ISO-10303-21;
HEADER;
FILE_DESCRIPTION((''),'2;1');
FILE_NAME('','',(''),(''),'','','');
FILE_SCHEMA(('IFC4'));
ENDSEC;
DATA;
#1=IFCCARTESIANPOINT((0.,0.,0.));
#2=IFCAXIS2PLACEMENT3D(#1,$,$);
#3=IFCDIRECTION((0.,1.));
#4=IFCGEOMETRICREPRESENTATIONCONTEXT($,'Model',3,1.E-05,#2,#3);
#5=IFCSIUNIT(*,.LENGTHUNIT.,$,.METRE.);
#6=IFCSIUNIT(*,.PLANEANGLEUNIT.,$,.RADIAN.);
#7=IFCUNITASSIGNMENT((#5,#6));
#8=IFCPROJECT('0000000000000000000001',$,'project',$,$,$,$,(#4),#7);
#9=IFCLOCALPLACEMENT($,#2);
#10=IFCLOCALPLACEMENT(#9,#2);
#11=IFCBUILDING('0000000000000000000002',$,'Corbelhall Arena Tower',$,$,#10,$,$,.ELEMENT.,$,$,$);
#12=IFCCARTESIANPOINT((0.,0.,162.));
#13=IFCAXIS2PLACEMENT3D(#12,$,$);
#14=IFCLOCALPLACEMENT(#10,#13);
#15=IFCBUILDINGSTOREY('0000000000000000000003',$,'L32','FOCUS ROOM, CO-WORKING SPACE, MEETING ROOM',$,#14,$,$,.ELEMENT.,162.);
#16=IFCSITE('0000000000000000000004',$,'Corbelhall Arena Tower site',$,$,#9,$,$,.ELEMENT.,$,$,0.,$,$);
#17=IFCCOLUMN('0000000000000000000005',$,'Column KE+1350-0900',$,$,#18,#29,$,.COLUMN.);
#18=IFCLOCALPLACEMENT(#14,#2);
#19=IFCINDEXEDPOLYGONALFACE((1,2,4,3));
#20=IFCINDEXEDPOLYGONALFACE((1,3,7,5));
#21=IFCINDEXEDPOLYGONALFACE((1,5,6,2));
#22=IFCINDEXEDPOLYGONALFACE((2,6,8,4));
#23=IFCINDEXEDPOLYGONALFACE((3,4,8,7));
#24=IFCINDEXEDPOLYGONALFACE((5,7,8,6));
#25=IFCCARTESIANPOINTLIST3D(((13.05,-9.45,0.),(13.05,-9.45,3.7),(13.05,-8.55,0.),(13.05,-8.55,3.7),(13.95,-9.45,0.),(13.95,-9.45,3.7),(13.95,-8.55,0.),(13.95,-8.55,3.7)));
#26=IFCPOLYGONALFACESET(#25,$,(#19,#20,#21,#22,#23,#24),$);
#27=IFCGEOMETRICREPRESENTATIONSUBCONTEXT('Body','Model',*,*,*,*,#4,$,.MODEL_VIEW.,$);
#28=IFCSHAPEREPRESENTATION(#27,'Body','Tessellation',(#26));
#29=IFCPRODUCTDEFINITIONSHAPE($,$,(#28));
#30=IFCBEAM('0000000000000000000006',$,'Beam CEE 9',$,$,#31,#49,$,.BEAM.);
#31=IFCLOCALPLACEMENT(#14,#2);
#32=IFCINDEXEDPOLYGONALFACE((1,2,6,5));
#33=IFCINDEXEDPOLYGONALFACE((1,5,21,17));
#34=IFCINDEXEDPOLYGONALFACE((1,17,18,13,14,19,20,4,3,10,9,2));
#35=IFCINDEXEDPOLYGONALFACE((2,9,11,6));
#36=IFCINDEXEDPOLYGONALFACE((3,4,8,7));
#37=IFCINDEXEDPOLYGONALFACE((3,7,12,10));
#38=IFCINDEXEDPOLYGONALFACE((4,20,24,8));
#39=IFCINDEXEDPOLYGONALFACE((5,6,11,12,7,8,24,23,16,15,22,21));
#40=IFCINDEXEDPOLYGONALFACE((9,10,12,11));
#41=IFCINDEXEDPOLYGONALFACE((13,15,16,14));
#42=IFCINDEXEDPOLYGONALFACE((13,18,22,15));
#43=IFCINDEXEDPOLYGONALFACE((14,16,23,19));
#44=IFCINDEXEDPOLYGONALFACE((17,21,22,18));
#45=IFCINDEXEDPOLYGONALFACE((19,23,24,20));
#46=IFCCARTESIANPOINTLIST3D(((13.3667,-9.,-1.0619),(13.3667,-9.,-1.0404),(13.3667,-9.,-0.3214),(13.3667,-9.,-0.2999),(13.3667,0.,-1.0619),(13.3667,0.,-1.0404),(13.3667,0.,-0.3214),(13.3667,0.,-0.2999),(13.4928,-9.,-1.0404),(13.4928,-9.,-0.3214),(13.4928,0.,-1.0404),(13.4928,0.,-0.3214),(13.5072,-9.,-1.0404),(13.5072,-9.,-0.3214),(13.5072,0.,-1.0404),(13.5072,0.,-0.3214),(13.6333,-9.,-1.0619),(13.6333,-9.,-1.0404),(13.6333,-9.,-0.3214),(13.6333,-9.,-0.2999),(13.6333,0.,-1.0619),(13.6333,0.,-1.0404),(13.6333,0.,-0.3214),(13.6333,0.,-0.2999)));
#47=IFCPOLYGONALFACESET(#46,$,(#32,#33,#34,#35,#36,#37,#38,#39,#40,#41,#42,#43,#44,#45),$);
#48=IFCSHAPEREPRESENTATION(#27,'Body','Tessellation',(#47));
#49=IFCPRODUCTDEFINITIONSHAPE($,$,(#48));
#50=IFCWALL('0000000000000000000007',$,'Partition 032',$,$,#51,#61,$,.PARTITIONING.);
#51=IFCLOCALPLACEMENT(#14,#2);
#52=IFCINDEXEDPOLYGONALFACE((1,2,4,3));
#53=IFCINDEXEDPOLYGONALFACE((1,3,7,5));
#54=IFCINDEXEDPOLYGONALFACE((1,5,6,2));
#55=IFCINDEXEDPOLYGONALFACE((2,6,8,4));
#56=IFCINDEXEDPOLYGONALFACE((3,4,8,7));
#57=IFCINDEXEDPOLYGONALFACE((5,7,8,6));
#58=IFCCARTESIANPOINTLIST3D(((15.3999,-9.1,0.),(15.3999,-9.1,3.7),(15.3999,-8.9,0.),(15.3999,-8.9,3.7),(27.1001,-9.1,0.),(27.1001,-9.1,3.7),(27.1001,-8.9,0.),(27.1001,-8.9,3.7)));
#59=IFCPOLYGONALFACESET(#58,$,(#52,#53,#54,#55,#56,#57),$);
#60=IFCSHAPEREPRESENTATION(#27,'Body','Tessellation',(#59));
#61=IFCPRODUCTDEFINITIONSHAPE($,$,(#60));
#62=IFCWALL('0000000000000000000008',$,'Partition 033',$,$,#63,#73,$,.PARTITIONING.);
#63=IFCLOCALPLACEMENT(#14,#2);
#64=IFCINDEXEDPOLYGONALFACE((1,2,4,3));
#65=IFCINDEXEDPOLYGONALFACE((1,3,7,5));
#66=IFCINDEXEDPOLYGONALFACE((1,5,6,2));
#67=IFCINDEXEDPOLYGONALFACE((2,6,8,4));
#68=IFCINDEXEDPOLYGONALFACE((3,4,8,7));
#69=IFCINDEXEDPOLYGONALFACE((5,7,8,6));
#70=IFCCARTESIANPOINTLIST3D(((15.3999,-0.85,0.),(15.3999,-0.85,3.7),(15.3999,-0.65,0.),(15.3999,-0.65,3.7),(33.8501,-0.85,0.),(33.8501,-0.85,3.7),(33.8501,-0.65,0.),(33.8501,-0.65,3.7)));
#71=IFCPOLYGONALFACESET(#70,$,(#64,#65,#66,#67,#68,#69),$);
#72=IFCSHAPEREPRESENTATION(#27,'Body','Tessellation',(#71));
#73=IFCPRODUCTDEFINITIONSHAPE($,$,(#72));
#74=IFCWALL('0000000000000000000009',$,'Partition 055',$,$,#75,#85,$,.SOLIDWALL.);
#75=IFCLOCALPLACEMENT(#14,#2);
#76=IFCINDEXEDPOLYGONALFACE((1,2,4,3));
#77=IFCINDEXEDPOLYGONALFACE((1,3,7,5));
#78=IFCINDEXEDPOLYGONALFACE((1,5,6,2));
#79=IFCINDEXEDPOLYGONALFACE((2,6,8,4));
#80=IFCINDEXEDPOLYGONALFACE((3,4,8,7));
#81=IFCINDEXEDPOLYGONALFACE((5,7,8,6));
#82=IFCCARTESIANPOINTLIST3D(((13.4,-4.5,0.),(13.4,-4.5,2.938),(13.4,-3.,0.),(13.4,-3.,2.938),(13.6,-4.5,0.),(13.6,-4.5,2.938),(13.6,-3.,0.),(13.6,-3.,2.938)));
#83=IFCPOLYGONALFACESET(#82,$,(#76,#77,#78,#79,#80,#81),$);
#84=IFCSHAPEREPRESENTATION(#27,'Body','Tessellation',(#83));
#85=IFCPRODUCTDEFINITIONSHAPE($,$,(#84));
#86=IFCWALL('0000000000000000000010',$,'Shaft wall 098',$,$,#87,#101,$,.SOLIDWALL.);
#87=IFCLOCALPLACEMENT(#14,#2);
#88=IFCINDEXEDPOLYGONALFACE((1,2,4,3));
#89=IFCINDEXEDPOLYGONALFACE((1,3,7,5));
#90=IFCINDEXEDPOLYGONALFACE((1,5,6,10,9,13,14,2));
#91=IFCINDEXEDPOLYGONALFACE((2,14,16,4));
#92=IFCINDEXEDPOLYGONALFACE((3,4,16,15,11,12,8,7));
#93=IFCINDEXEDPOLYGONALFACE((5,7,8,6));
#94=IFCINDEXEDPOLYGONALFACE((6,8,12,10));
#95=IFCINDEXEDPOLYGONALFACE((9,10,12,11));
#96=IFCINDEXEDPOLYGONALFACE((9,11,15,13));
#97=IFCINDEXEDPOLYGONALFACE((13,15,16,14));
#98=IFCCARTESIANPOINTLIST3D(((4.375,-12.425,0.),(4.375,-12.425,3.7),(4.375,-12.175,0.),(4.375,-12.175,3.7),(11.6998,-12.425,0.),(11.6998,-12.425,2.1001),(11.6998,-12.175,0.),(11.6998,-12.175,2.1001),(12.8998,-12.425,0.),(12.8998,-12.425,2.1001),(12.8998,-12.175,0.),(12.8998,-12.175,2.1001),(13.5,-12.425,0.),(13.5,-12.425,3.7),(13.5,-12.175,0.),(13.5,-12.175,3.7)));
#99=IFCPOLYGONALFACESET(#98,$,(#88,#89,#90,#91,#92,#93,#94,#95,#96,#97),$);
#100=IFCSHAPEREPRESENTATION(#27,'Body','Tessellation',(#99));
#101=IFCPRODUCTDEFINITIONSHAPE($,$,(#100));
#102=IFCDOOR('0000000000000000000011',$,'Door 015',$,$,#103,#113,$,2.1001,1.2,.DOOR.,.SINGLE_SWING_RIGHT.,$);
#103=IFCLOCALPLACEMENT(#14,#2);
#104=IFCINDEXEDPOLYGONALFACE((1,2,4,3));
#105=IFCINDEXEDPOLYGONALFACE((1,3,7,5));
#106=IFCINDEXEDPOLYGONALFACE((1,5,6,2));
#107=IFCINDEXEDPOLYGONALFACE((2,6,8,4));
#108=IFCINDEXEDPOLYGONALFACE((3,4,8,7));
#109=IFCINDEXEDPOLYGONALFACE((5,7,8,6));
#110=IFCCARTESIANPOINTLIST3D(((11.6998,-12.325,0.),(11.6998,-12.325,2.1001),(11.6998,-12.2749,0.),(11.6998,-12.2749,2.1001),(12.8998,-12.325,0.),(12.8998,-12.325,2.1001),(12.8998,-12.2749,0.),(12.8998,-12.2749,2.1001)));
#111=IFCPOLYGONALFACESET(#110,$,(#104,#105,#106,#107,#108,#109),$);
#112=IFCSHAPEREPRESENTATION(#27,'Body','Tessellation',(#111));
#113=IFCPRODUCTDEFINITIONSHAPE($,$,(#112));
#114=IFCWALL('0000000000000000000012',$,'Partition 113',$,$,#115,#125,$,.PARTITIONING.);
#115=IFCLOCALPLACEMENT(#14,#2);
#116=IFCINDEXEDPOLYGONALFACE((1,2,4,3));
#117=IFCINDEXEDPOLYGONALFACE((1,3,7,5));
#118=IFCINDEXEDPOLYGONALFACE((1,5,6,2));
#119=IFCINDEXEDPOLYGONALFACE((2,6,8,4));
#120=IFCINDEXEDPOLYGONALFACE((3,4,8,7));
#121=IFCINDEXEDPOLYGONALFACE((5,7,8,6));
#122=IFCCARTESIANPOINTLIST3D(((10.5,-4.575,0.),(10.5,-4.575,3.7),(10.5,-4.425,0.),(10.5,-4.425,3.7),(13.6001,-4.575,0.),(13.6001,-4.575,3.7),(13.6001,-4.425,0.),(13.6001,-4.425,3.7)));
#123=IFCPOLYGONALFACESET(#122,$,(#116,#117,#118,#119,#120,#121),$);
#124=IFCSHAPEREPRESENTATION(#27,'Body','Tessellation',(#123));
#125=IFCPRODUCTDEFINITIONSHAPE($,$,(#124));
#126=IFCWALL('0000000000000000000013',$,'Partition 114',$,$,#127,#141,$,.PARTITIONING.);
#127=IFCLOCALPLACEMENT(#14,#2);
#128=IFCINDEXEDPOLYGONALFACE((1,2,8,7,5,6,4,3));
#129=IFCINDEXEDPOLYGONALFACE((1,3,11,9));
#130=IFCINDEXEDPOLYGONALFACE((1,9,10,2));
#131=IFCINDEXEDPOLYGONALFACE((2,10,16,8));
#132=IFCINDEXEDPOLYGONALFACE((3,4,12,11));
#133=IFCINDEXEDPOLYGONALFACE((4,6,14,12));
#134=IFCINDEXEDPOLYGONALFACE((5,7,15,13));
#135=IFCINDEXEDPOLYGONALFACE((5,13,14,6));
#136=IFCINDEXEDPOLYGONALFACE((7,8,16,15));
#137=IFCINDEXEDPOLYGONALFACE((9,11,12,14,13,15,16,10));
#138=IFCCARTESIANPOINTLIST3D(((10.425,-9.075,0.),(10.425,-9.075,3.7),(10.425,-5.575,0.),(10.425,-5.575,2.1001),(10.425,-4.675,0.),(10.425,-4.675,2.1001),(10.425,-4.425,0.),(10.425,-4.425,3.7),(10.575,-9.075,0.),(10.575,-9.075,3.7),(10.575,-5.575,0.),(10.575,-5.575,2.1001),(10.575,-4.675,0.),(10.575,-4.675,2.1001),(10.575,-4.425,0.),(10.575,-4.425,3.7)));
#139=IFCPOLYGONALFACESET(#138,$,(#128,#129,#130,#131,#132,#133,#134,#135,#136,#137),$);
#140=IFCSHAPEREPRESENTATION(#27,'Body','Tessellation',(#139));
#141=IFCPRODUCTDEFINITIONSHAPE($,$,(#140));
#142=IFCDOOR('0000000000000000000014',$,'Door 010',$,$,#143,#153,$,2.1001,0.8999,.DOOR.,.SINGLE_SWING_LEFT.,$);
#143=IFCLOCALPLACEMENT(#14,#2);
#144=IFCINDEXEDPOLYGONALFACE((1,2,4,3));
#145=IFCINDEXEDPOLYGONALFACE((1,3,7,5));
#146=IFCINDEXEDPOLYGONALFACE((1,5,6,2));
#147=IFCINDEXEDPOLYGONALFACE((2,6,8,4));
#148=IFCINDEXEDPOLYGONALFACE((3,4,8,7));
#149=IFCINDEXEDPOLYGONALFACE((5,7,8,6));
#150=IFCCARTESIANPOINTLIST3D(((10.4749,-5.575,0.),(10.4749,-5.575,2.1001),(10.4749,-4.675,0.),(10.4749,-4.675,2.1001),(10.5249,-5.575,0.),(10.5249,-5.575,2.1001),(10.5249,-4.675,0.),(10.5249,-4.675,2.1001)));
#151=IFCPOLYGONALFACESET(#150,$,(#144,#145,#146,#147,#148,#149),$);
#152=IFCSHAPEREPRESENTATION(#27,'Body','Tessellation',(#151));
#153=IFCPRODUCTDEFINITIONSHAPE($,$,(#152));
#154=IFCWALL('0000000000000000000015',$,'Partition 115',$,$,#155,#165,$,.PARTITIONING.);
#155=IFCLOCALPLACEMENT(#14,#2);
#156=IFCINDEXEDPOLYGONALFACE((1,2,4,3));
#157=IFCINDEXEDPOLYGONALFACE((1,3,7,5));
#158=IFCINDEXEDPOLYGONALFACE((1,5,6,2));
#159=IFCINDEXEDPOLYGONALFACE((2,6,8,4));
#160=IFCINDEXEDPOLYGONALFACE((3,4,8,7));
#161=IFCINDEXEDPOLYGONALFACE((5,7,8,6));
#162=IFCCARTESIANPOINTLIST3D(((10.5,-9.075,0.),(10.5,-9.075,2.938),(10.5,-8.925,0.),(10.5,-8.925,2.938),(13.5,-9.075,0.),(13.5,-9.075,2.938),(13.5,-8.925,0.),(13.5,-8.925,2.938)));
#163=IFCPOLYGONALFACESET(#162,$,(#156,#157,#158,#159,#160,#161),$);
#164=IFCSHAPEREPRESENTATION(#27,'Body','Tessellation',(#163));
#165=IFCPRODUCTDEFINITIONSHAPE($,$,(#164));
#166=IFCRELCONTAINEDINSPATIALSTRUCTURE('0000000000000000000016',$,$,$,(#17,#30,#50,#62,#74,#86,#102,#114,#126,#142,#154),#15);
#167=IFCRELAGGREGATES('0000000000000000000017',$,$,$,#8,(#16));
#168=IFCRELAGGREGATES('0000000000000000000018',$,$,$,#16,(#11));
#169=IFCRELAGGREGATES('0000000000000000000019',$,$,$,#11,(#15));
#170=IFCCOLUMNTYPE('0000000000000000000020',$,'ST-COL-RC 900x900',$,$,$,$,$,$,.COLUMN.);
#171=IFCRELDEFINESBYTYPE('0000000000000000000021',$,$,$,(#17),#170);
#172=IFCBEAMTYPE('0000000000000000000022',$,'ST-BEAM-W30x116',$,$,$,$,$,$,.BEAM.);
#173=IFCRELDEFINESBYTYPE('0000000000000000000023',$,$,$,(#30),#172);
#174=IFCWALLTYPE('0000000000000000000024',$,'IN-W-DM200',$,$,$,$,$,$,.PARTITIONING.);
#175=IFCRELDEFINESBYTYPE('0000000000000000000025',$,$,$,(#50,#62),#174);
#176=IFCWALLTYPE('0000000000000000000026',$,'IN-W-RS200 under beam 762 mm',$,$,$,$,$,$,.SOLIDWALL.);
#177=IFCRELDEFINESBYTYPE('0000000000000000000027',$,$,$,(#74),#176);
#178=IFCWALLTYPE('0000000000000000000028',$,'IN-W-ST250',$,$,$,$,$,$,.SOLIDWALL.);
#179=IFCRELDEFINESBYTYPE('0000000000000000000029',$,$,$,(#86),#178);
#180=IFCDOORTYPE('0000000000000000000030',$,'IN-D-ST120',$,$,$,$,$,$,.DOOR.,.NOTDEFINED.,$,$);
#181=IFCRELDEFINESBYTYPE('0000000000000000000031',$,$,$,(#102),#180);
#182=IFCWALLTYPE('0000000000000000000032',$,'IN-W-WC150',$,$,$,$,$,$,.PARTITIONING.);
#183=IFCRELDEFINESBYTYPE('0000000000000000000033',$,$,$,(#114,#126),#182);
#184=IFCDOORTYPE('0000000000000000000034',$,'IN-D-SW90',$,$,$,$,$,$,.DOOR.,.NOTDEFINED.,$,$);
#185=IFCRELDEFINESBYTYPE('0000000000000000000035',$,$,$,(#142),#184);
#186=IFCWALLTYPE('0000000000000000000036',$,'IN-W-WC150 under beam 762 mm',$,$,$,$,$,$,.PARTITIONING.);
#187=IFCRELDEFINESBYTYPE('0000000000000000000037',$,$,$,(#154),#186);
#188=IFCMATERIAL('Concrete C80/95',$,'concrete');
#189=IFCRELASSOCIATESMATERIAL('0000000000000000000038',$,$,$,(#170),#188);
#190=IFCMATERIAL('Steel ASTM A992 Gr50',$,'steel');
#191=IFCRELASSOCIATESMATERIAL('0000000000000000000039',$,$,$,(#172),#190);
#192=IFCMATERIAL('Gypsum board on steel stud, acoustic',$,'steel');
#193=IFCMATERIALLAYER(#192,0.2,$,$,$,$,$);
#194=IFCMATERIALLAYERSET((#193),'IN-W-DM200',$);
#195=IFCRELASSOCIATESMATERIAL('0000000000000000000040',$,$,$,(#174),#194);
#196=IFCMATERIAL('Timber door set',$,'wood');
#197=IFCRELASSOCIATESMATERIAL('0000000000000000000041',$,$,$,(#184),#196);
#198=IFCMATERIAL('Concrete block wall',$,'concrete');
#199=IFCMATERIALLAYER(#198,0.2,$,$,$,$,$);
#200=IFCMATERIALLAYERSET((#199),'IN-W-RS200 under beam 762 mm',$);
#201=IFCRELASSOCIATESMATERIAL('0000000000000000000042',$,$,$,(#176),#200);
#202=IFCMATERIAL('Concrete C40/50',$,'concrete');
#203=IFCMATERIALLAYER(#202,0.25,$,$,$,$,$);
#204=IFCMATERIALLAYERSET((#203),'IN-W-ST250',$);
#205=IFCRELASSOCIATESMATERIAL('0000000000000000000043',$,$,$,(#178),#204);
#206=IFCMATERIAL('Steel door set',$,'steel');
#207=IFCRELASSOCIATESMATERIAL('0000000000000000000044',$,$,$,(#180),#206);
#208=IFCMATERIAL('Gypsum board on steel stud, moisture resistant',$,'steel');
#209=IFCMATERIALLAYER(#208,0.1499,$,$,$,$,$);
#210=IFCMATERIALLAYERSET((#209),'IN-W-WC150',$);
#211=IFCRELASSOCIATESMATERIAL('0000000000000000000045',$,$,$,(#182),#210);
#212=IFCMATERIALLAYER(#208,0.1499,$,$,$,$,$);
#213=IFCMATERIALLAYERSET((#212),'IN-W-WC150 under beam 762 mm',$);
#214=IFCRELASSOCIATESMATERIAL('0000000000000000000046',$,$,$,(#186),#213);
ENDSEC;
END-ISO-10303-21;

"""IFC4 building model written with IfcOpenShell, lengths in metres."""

from ifc_helpers import new_model, si_unit, direction, frame, frame_2d, origin, origin_2d, place, context, subcontext, project, spatial, rectangle, i_section, extrude, material, layer, layer_set, material_profile, profile_set, type_object, element, fill, save


model = new_model("IFC4")

# Units and contexts
model_context = context("Model", 3, precision=1e-05, world=origin(), true_north=direction((0.0, 1.0)))
body_context = subcontext(model_context, "Body", "Model", "MODEL_VIEW")
ifc_project = project(units=[si_unit("LENGTHUNIT", "METRE"), si_unit("PLANEANGLEUNIT", "RADIAN")], contexts=[model_context])

# Site, building, storey
site_placement = place(None, origin())
site = spatial("IfcSite", under=ifc_project, at=site_placement, Name="Corbelhall Arena Tower site", CompositionType="ELEMENT", RefElevation=0.0)
building_placement = place(site_placement, origin())
building = spatial("IfcBuilding", under=site, at=building_placement, Name="Corbelhall Arena Tower", CompositionType="ELEMENT")
storey_placement = place(building_placement, frame((0.0, 0.0, 162.0)))
storey = spatial("IfcBuildingStorey", under=building, at=storey_placement, Name="L32", Description="FOCUS ROOM, CO-WORKING SPACE, MEETING ROOM", CompositionType="ELEMENT", Elevation=162.0)

# Column
ifc_material_1 = material(Name="Concrete C80/95", Category="concrete")
ifc_material_profile_1 = material_profile(ifc_material_1, rectangle(XDim=0.8999, YDim=0.8999, at=origin_2d()))
ifc_profile_set_1 = profile_set([ifc_material_profile_1], Name="Concrete C80/95")
column_type = type_object("IfcColumnType", Name="ST-COL-RC 900x900", PredefinedType="COLUMN", material=ifc_profile_set_1)
column_placement = place(storey_placement, frame((13.5, -9.0, 0.0), z_axis=(0.0, 0.0, 1.0), x_axis=(1.0, 0.0, 0.0)))
element("IfcColumn", 1, at=column_placement, inside=storey, type_object=column_type, Name="Column KE+1350-0900", PredefinedType="COLUMN", context=body_context, shape_type="SweptSolid", body=[
    extrude(rectangle(XDim=0.8999, YDim=0.8999, at=origin_2d()), origin(), (0.0, 0.0, 1.0), 3.7),
])

# Beam
ifc_material_2 = material(Name="Steel ASTM A992 Gr50", Category="steel")
ifc_material_profile_2 = material_profile(ifc_material_2, i_section(OverallWidth=0.2666, OverallDepth=0.762, WebThickness=0.0144, FlangeThickness=0.0215, at=origin_2d()))
ifc_profile_set_2 = profile_set([ifc_material_profile_2], Name="Steel ASTM A992 Gr50")
beam_type = type_object("IfcBeamType", Name="ST-BEAM-W30x116", PredefinedType="BEAM", material=ifc_profile_set_2)
beam_placement = place(storey_placement, frame((13.5, -9.0, -0.6809), z_axis=(0.0, 1.0, 0.0), x_axis=(-1.0, 0.0, 0.0)))
element("IfcBeam", 2, at=beam_placement, inside=storey, type_object=beam_type, Name="Beam CEE 9", PredefinedType="BEAM", context=body_context, shape_type="SweptSolid", body=[
    extrude(i_section(OverallWidth=0.2666, OverallDepth=0.762, WebThickness=0.0144, FlangeThickness=0.0215, at=origin_2d()), origin(), (0.0, 0.0, 1.0), 9.0),
])

# Shared definitions
ifc_material_3 = material(Name="Gypsum board on steel stud, acoustic", Category="steel")
ifc_layer_1 = layer(ifc_material_3, 0.2)
ifc_layer_set_1 = layer_set([ifc_layer_1], Name="IN-W-DM200")
wall_type_1 = type_object("IfcWallType", Name="IN-W-DM200", PredefinedType="PARTITIONING", material=ifc_layer_set_1)
ifc_material_4 = material(Name="Steel door set", Category="steel")

# Walls
wall_1_placement = place(storey_placement, frame((15.3999, -9.0, 0.0), z_axis=(0.0, 0.0, 1.0), x_axis=(1.0, 0.0, 0.0)))
element("IfcWall", 3, at=wall_1_placement, inside=storey, type_object=wall_type_1, Name="Partition 032", PredefinedType="PARTITIONING", context=body_context, shape_type="SweptSolid", body=[
    extrude(rectangle(XDim=11.7002, YDim=0.2, at=frame_2d((5.8501, 0.0))), origin(), (0.0, 0.0, 1.0), 3.7),
])
wall_2_placement = place(storey_placement, frame((15.3999, -0.75, 0.0), z_axis=(0.0, 0.0, 1.0), x_axis=(1.0, 0.0, 0.0)))
element("IfcWall", 4, at=wall_2_placement, inside=storey, type_object=wall_type_1, Name="Partition 033", PredefinedType="PARTITIONING", context=body_context, shape_type="SweptSolid", body=[
    extrude(rectangle(XDim=18.4502, YDim=0.2, at=frame_2d((9.2251, 0.0))), origin(), (0.0, 0.0, 1.0), 3.7),
])

# Shared definitions
ifc_material_5 = material(Name="Concrete block wall", Category="concrete")
ifc_material_6 = material(Name="Timber door set", Category="wood")
door_type_1 = type_object("IfcDoorType", Name="IN-D-SW90", OperationType="NOTDEFINED", PredefinedType="DOOR", material=ifc_material_6)

# Wall
ifc_layer_2 = layer(ifc_material_5, 0.2)
ifc_layer_set_2 = layer_set([ifc_layer_2], Name="IN-W-RS200 under beam 762 mm")
wall_type_2 = type_object("IfcWallType", Name="IN-W-RS200 under beam 762 mm", PredefinedType="SOLIDWALL", material=ifc_layer_set_2)
wall_3_placement = place(storey_placement, frame((13.5, -3.0, 0.0), z_axis=(0.0, 0.0, 1.0), x_axis=(0.0, -1.0, 0.0)))
element("IfcWall", 5, at=wall_3_placement, inside=storey, type_object=wall_type_2, Name="Partition 055", PredefinedType="SOLIDWALL", context=body_context, shape_type="SweptSolid", body=[
    extrude(rectangle(XDim=1.5, YDim=0.2, at=frame_2d((0.75, 0.0))), origin(), (0.0, 0.0, 1.0), 2.938),
])

# Wall, opening, door
ifc_material_7 = material(Name="Concrete C40/50", Category="concrete")
ifc_layer_3 = layer(ifc_material_7, 0.25)
ifc_layer_set_3 = layer_set([ifc_layer_3], Name="IN-W-ST250")
wall_type_3 = type_object("IfcWallType", Name="IN-W-ST250", PredefinedType="SOLIDWALL", material=ifc_layer_set_3)
wall_4_placement = place(storey_placement, frame((13.5, -12.3, 0.0), z_axis=(0.0, 0.0, 1.0), x_axis=(-1.0, 0.0, 0.0)))
wall_4 = element("IfcWall", 6, at=wall_4_placement, inside=storey, type_object=wall_type_3, Name="Shaft wall 098", PredefinedType="SOLIDWALL", context=body_context, shape_type="SweptSolid", body=[
    extrude(rectangle(XDim=9.125, YDim=0.25, at=frame_2d((4.5625, 0.0))), origin(), (0.0, 0.0, 1.0), 3.7),
])
opening_1_placement = place(wall_4_placement, frame((0.6001, 0.0, 0.0)))
opening_1 = element("IfcOpeningElement", 7, at=opening_1_placement, cuts=wall_4, PredefinedType="OPENING", context=body_context, shape_type="SweptSolid", body=[
    extrude(rectangle(XDim=1.2, YDim=2.1001, at=frame_2d((0.6001, 1.05))), frame((0.0, 0.125, 0.0), z_axis=(0.0, -1.0, 0.0), x_axis=(1.0, 0.0, 0.0)), (0.0, 0.0, 1.0), 0.25),
])
door_type_2 = type_object("IfcDoorType", Name="IN-D-ST120", OperationType="NOTDEFINED", PredefinedType="DOOR", material=ifc_material_4)
door_1_placement = place(opening_1_placement, origin())
door_1 = element("IfcDoor", 8, at=door_1_placement, inside=storey, type_object=door_type_2, Name="Door 015", OperationType="SINGLE_SWING_RIGHT", OverallHeight=2.1001, OverallWidth=1.2, PredefinedType="DOOR", context=body_context, shape_type="SweptSolid", body=[
    extrude(rectangle(XDim=1.2, YDim=2.1001, at=frame_2d((0.6001, 1.05))), frame((0.0, 0.0249, 0.0), z_axis=(0.0, -1.0, 0.0), x_axis=(1.0, 0.0, 0.0)), (0.0, 0.0, 1.0), 0.05),
])
fill(opening_1, door_1)

# Wall
ifc_material_8 = material(Name="Gypsum board on steel stud, moisture resistant", Category="steel")
ifc_layer_4 = layer(ifc_material_8, 0.1499)
ifc_layer_set_4 = layer_set([ifc_layer_4], Name="IN-W-WC150")
wall_type_4 = type_object("IfcWallType", Name="IN-W-WC150", PredefinedType="PARTITIONING", material=ifc_layer_set_4)
wall_5_placement = place(storey_placement, frame((10.5, -4.5, 0.0), z_axis=(0.0, 0.0, 1.0), x_axis=(1.0, 0.0, 0.0)))
element("IfcWall", 9, at=wall_5_placement, inside=storey, type_object=wall_type_4, Name="Partition 113", PredefinedType="PARTITIONING", context=body_context, shape_type="SweptSolid", body=[
    extrude(rectangle(XDim=3.1001, YDim=0.1499, at=frame_2d((1.55, 0.0))), origin(), (0.0, 0.0, 1.0), 3.7),
])

# Wall, opening, door
wall_6_placement = place(storey_placement, frame((10.5, -4.425, 0.0), z_axis=(0.0, 0.0, 1.0), x_axis=(0.0, -1.0, 0.0)))
wall_6 = element("IfcWall", 10, at=wall_6_placement, inside=storey, type_object=wall_type_4, Name="Partition 114", PredefinedType="PARTITIONING", context=body_context, shape_type="SweptSolid", body=[
    extrude(rectangle(XDim=4.6499, YDim=0.1499, at=frame_2d((2.325, 0.0))), origin(), (0.0, 0.0, 1.0), 3.7),
])
opening_2_placement = place(wall_6_placement, frame((0.25, 0.0, 0.0)))
opening_2 = element("IfcOpeningElement", 11, at=opening_2_placement, cuts=wall_6, PredefinedType="OPENING", context=body_context, shape_type="SweptSolid", body=[
    extrude(rectangle(XDim=0.8999, YDim=2.1001, at=frame_2d((0.45, 1.05))), frame((0.0, 0.075, 0.0), z_axis=(0.0, -1.0, 0.0), x_axis=(1.0, 0.0, 0.0)), (0.0, 0.0, 1.0), 0.1499),
])
door_2_placement = place(opening_2_placement, origin())
door_2 = element("IfcDoor", 12, at=door_2_placement, inside=storey, type_object=door_type_1, Name="Door 010", OperationType="SINGLE_SWING_LEFT", OverallHeight=2.1001, OverallWidth=0.8999, PredefinedType="DOOR", context=body_context, shape_type="SweptSolid", body=[
    extrude(rectangle(XDim=0.8999, YDim=2.1001, at=frame_2d((0.45, 1.05))), frame((0.0, 0.0249, 0.0), z_axis=(0.0, -1.0, 0.0), x_axis=(1.0, 0.0, 0.0)), (0.0, 0.0, 1.0), 0.05),
])
fill(opening_2, door_2)

# Wall
ifc_layer_5 = layer(ifc_material_8, 0.1499)
ifc_layer_set_5 = layer_set([ifc_layer_5], Name="IN-W-WC150 under beam 762 mm")
wall_type_5 = type_object("IfcWallType", Name="IN-W-WC150 under beam 762 mm", PredefinedType="PARTITIONING", material=ifc_layer_set_5)
wall_7_placement = place(storey_placement, frame((13.5, -9.0, 0.0), z_axis=(0.0, 0.0, 1.0), x_axis=(-1.0, 0.0, 0.0)))
element("IfcWall", 13, at=wall_7_placement, inside=storey, type_object=wall_type_5, Name="Partition 115", PredefinedType="PARTITIONING", context=body_context, shape_type="SweptSolid", body=[
    extrude(rectangle(XDim=3.0, YDim=0.1499, at=frame_2d((1.5, 0.0))), origin(), (0.0, 0.0, 1.0), 2.938),
])

save(model, "model.ifc")
